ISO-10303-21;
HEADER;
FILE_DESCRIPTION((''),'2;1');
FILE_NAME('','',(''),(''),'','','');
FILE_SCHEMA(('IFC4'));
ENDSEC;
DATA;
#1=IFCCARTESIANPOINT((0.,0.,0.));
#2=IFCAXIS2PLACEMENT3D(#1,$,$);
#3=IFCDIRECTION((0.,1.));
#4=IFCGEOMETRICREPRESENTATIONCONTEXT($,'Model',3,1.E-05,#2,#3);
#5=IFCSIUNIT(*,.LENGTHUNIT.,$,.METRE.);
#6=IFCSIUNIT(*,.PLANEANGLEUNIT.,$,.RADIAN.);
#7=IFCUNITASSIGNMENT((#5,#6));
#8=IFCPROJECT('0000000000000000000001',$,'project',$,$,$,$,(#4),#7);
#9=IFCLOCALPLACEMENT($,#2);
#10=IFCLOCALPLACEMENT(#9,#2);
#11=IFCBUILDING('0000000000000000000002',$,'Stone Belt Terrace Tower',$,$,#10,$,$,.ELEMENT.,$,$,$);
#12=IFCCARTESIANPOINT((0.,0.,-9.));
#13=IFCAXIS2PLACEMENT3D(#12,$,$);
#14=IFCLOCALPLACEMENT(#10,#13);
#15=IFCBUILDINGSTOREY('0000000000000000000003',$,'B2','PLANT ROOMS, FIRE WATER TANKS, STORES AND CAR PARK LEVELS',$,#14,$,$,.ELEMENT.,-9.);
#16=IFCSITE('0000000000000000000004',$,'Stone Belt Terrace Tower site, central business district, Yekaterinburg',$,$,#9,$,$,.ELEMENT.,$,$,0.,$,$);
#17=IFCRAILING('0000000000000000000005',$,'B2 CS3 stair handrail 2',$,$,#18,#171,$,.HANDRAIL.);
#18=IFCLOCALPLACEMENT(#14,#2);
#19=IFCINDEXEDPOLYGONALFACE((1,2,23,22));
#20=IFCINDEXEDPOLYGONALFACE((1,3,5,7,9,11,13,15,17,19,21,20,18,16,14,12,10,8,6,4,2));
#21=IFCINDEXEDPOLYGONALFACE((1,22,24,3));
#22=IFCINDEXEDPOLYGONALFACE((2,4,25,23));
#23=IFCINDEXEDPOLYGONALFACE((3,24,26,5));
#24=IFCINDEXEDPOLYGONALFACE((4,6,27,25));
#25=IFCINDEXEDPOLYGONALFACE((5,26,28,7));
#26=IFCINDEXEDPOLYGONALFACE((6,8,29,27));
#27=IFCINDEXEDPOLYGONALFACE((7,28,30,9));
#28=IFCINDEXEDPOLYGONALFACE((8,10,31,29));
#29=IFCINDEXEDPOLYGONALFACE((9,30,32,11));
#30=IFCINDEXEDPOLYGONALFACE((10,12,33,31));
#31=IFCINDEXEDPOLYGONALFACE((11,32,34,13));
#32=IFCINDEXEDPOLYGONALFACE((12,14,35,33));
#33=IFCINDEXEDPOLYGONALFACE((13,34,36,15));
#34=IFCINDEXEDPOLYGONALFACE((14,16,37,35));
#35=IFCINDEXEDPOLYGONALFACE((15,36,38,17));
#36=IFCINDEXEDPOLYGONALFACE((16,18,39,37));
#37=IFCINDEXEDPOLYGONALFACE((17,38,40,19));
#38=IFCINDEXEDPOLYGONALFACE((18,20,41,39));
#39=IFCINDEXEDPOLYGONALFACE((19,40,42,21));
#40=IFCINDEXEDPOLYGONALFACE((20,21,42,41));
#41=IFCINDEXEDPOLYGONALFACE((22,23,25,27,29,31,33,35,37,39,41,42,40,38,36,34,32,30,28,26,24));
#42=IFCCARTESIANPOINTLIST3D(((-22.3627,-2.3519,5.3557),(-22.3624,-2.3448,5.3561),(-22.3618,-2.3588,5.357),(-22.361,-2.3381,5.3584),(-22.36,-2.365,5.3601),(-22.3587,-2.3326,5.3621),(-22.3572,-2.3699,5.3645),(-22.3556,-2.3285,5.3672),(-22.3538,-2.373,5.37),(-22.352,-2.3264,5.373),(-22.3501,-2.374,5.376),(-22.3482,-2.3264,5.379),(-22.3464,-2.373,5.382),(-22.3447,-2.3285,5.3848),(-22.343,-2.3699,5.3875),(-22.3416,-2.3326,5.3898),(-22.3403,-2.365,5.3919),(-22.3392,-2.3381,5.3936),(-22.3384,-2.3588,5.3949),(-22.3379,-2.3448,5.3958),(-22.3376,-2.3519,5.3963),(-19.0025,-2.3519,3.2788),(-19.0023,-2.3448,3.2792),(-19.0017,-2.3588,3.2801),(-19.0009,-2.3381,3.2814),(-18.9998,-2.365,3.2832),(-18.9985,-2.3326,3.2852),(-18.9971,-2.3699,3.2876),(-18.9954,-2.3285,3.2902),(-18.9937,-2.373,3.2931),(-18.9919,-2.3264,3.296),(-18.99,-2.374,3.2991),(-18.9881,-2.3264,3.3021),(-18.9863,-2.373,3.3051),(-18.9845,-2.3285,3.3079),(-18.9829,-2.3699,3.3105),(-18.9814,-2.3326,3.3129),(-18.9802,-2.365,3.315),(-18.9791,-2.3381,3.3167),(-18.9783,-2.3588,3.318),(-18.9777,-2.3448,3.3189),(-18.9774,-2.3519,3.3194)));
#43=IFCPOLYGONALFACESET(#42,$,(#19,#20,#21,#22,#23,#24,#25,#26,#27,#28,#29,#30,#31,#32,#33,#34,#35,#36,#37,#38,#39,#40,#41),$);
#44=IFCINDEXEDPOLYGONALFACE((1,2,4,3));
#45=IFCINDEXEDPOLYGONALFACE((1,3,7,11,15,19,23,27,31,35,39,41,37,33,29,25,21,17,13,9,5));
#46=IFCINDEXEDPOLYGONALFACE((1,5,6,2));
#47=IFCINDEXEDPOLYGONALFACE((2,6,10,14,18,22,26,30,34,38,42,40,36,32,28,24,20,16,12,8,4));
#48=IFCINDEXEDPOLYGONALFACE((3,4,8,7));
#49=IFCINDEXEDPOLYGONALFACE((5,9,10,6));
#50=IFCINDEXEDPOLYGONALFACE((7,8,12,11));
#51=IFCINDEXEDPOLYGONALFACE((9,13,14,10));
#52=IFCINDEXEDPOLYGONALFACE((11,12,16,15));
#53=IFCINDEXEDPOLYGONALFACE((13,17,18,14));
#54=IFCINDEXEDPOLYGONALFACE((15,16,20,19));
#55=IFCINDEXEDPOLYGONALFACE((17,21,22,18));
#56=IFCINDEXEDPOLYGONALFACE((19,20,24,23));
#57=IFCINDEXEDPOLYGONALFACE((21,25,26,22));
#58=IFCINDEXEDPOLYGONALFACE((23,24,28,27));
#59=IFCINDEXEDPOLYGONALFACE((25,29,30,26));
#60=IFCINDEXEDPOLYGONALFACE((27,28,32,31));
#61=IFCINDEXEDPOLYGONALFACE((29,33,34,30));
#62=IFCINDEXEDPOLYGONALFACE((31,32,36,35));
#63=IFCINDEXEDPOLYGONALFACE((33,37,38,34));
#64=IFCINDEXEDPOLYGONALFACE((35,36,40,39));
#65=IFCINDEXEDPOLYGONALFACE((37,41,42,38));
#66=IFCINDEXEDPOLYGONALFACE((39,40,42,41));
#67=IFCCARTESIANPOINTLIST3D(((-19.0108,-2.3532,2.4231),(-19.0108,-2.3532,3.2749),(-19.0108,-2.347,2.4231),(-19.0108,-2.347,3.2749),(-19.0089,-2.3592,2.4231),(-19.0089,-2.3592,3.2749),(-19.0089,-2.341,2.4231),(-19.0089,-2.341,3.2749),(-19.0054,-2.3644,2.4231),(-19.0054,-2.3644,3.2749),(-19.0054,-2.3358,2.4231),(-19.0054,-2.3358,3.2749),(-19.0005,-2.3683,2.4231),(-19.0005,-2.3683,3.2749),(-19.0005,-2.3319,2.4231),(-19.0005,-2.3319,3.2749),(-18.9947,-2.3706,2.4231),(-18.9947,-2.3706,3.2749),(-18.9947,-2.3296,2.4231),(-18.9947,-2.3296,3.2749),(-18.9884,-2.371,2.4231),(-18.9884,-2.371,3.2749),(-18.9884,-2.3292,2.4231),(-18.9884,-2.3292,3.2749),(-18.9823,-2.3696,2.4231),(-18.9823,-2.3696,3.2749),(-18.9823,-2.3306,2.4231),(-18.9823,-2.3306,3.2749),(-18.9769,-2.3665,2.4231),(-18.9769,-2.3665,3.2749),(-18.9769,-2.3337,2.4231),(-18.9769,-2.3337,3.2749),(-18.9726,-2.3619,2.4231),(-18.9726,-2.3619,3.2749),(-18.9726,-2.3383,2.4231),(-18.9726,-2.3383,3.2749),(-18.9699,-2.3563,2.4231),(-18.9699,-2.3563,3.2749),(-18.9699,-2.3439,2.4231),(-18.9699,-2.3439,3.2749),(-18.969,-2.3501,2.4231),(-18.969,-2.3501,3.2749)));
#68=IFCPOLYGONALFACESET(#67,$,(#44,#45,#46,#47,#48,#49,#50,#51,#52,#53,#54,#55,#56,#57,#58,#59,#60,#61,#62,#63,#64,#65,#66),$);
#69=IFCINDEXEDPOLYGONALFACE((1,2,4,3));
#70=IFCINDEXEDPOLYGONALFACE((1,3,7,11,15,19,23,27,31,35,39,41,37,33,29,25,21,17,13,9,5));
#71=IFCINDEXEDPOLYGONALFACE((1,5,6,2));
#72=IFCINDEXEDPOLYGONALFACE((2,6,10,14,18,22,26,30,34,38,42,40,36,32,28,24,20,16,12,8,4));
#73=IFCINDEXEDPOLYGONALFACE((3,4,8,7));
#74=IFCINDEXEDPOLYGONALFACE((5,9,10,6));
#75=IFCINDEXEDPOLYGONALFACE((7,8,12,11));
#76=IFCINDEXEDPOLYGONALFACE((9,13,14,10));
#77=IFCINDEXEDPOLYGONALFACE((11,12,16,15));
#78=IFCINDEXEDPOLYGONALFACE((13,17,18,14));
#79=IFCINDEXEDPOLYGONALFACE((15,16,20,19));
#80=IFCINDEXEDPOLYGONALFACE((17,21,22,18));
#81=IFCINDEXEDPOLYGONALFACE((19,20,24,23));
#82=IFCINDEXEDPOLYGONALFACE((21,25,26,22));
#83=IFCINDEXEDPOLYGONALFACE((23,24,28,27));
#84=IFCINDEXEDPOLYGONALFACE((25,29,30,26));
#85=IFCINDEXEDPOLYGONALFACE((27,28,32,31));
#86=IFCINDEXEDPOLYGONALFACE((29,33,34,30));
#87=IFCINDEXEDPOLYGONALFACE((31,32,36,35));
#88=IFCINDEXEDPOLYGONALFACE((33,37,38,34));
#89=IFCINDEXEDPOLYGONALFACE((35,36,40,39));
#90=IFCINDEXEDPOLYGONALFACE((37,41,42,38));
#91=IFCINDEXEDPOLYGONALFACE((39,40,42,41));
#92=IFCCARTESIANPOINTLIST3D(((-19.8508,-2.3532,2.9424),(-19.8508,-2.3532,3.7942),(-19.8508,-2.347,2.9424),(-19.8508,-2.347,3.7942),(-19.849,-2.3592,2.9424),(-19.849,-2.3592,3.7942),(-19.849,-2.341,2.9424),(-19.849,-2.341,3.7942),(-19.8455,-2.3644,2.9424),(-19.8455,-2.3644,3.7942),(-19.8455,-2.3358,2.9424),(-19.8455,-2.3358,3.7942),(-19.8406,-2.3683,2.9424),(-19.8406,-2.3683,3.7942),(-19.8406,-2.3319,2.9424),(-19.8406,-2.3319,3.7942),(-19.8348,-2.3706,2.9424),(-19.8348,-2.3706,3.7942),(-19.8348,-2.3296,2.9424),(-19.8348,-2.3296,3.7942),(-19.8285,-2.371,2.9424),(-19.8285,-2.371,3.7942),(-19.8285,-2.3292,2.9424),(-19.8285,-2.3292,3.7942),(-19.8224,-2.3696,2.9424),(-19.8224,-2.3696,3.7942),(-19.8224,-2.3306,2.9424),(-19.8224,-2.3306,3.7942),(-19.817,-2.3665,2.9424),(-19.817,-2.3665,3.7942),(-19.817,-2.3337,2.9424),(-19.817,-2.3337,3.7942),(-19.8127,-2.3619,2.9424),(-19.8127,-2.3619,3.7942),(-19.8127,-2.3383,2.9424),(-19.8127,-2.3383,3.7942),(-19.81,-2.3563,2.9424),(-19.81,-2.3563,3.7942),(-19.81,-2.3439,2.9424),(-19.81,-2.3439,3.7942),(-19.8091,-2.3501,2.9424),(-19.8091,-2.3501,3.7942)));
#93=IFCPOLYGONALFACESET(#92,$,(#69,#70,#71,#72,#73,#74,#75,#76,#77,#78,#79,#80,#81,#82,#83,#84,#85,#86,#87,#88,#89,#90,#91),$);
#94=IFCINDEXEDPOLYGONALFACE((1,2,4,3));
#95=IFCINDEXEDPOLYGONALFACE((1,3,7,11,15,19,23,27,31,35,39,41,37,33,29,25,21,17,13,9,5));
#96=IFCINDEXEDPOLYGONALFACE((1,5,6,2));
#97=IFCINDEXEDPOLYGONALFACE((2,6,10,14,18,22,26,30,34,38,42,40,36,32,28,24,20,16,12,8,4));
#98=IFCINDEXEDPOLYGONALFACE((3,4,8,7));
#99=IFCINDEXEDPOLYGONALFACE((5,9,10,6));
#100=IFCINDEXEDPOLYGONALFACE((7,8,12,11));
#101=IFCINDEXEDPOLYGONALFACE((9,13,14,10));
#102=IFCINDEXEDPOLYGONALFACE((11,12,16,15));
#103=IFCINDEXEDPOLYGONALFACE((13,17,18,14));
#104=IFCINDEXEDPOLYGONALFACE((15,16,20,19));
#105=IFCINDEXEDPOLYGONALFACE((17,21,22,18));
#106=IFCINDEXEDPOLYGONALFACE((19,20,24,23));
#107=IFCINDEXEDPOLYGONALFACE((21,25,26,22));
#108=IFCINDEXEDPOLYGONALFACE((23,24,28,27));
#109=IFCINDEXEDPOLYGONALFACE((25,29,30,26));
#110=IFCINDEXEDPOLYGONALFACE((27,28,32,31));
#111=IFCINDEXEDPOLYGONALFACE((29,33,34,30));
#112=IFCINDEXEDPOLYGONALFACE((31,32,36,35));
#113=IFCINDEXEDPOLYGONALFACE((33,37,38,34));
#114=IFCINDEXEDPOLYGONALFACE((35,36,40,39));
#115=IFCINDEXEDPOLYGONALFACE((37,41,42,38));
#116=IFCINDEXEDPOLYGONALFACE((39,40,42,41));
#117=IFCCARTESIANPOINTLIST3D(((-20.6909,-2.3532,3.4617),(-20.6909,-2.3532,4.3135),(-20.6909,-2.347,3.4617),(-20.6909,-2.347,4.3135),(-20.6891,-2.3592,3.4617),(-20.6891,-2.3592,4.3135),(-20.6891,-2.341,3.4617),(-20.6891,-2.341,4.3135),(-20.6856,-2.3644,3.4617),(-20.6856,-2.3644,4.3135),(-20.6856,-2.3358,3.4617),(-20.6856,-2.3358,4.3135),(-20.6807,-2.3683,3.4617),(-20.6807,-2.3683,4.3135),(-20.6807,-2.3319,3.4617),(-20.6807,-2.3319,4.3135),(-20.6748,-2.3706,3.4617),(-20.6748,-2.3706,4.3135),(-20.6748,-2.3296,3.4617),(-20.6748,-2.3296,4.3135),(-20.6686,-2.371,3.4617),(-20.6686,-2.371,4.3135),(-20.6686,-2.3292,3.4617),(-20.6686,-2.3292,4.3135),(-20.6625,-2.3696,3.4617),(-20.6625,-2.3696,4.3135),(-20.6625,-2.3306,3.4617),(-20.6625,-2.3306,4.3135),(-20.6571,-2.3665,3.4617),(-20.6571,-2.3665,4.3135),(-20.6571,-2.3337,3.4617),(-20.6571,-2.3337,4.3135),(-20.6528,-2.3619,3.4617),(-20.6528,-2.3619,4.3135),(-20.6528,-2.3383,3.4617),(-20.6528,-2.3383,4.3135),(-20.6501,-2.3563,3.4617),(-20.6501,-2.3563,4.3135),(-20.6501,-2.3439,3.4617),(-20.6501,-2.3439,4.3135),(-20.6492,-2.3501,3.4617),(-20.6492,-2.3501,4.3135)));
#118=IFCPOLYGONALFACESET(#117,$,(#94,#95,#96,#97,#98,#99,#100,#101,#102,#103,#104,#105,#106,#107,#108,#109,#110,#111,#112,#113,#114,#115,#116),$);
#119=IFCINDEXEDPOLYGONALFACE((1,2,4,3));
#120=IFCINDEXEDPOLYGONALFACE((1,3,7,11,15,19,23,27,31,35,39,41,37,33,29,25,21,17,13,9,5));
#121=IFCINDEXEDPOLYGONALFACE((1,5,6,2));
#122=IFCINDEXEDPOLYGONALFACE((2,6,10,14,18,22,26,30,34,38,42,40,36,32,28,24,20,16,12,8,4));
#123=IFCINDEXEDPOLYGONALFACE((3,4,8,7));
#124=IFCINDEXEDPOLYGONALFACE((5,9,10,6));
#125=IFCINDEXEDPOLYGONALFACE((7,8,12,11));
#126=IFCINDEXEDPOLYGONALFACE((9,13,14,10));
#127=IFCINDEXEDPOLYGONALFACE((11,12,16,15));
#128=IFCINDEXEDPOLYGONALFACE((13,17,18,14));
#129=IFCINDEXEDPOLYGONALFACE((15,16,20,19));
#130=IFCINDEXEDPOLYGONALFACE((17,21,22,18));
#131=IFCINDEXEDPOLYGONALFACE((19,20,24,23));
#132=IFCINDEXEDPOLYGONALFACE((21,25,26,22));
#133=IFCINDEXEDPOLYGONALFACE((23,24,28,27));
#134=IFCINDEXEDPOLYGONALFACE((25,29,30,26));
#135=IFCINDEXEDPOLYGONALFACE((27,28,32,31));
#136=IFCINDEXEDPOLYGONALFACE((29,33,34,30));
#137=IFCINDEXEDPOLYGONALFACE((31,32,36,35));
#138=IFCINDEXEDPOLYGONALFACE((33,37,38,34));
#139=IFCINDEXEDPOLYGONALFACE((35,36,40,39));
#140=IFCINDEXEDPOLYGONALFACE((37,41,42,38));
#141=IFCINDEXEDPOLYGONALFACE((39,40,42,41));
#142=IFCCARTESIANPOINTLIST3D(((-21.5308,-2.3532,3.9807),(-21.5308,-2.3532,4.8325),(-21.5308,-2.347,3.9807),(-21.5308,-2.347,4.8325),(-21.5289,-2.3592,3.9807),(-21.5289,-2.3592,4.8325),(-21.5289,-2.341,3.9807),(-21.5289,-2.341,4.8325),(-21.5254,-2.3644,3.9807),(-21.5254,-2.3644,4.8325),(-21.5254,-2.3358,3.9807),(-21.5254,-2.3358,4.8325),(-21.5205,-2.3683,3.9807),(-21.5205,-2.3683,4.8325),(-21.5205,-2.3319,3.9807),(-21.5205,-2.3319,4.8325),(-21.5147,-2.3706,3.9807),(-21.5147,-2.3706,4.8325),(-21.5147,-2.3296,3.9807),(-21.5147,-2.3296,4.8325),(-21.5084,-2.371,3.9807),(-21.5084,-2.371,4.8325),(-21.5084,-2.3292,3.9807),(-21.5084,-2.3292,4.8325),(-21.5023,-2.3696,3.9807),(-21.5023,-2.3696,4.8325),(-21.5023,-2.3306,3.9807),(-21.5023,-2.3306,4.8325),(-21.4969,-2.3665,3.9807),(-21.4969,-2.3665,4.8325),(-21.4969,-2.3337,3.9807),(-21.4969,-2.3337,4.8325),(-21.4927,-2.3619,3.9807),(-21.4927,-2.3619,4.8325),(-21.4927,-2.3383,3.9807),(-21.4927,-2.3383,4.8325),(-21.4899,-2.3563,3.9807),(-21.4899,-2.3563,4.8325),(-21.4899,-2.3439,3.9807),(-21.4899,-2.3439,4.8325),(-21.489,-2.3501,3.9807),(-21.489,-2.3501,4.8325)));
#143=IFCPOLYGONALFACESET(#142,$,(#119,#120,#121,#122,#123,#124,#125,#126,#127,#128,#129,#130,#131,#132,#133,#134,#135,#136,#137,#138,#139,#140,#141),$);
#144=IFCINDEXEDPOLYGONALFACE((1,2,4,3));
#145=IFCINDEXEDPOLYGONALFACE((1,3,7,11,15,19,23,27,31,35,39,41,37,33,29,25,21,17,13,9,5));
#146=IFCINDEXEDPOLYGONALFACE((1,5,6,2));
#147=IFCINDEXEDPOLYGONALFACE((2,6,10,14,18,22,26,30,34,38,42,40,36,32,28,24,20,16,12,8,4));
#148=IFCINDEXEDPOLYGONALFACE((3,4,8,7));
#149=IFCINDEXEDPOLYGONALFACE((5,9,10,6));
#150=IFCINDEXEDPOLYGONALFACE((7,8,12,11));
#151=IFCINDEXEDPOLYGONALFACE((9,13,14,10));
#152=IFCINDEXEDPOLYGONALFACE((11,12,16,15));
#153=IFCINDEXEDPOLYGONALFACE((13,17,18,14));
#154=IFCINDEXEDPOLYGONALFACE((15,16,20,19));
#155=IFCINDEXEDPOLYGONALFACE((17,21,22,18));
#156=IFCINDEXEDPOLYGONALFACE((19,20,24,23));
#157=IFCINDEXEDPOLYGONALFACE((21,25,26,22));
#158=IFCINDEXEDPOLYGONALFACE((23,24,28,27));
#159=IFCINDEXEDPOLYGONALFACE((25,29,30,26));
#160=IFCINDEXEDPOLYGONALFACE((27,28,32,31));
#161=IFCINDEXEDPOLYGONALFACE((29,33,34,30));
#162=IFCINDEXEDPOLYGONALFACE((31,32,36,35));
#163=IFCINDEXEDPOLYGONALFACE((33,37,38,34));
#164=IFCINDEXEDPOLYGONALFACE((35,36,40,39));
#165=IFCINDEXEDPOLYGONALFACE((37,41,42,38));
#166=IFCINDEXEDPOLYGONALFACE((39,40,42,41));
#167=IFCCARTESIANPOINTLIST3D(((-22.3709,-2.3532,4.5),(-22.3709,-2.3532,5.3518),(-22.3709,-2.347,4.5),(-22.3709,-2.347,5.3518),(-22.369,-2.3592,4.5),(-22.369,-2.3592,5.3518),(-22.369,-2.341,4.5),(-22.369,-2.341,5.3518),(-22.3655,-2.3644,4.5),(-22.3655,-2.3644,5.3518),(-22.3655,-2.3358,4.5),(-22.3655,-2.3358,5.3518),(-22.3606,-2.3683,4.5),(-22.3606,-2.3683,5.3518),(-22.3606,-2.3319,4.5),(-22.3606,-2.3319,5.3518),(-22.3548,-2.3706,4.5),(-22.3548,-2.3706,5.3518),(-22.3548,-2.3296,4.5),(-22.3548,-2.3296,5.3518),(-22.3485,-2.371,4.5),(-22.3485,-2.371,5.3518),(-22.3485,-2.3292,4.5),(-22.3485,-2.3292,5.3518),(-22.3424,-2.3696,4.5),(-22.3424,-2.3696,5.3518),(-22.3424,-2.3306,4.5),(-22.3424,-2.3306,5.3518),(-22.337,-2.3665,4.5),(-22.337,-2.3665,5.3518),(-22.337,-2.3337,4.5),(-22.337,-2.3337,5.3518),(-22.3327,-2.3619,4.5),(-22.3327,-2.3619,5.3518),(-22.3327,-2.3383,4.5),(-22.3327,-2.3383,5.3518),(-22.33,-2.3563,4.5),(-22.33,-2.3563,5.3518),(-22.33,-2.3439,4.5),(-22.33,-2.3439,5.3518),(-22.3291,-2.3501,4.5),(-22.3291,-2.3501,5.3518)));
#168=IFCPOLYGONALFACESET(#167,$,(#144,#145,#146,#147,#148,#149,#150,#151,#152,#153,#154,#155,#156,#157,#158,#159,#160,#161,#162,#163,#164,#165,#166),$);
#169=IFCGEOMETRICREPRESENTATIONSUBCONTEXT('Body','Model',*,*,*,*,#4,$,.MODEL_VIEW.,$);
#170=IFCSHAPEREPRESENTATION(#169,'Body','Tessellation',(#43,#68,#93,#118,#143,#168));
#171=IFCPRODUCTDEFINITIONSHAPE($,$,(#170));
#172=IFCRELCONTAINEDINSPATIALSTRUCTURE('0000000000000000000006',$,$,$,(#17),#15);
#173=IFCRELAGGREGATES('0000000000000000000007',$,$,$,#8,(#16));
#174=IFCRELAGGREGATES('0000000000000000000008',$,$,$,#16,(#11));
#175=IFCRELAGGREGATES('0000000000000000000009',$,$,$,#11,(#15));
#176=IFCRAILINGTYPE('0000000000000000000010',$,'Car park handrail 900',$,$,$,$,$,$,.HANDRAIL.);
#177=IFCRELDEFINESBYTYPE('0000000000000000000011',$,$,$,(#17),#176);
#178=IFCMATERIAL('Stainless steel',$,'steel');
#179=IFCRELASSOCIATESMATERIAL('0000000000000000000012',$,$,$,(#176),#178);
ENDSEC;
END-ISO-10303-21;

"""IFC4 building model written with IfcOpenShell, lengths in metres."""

from ifc_helpers import new_model, si_unit, direction, frame, origin, origin_2d, place, context, subcontext, project, spatial, circle, extrude, material, type_object, element, save


model = new_model("IFC4")

# Units and contexts
model_context = context("Model", 3, precision=1e-05, world=origin(), true_north=direction((0.0, 1.0)))
body_context = subcontext(model_context, "Body", "Model", "MODEL_VIEW")
ifc_project = project(units=[si_unit("LENGTHUNIT", "METRE"), si_unit("PLANEANGLEUNIT", "RADIAN")], contexts=[model_context])

# Site, building, storey
site_placement = place(None, origin())
site = spatial("IfcSite", under=ifc_project, at=site_placement, Name="Stone Belt Terrace Tower site, central business district, Yekaterinburg", CompositionType="ELEMENT", RefElevation=0.0)
building_placement = place(site_placement, origin())
building = spatial("IfcBuilding", under=site, at=building_placement, Name="Stone Belt Terrace Tower", CompositionType="ELEMENT")
storey_placement = place(building_placement, frame((0.0, 0.0, -9.0)))
storey = spatial("IfcBuildingStorey", under=building, at=storey_placement, Name="B2", Description="PLANT ROOMS, FIRE WATER TANKS, STORES AND CAR PARK LEVELS", CompositionType="ELEMENT", Elevation=-9.0)

# Railing
ifc_material_1 = material(Name="Stainless steel", Category="steel")
railing_type_1 = type_object("IfcRailingType", Name="Car park handrail 900", PredefinedType="HANDRAIL", material=ifc_material_1)
railing_1_placement = place(storey_placement, frame((-18.99, -2.3501, 2.4231)))
element("IfcRailing", 1, at=railing_1_placement, inside=storey, type_object=railing_type_1, Name="B2 CS3 stair handrail 2", PredefinedType="HANDRAIL", context=body_context, shape_type="SweptSolid", body=[
    extrude(circle(Radius=0.0239, at=origin_2d()), frame((0.0, 0.0, 0.876), z_axis=(-0.850623, 0.0, 0.525776), x_axis=(0.0, -1.0, 0.0)), (0.0, 0.0, 1.0), 3.9502),
    extrude(circle(Radius=0.021, at=origin_2d()), origin(), (0.0, 0.0, 1.0), 0.8518),
    extrude(circle(Radius=0.021, at=origin_2d()), frame((-0.8401, 0.0, 0.5193)), (0.0, 0.0, 1.0), 0.8518),
    extrude(circle(Radius=0.021, at=origin_2d()), frame((-1.6802, 0.0, 1.0386)), (0.0, 0.0, 1.0), 0.8518),
    extrude(circle(Radius=0.021, at=origin_2d()), frame((-2.52, 0.0, 1.5576)), (0.0, 0.0, 1.0), 0.8518),
    extrude(circle(Radius=0.021, at=origin_2d()), frame((-3.3601, 0.0, 2.0769)), (0.0, 0.0, 1.0), 0.8518),
])

save(model, "model.ifc")
